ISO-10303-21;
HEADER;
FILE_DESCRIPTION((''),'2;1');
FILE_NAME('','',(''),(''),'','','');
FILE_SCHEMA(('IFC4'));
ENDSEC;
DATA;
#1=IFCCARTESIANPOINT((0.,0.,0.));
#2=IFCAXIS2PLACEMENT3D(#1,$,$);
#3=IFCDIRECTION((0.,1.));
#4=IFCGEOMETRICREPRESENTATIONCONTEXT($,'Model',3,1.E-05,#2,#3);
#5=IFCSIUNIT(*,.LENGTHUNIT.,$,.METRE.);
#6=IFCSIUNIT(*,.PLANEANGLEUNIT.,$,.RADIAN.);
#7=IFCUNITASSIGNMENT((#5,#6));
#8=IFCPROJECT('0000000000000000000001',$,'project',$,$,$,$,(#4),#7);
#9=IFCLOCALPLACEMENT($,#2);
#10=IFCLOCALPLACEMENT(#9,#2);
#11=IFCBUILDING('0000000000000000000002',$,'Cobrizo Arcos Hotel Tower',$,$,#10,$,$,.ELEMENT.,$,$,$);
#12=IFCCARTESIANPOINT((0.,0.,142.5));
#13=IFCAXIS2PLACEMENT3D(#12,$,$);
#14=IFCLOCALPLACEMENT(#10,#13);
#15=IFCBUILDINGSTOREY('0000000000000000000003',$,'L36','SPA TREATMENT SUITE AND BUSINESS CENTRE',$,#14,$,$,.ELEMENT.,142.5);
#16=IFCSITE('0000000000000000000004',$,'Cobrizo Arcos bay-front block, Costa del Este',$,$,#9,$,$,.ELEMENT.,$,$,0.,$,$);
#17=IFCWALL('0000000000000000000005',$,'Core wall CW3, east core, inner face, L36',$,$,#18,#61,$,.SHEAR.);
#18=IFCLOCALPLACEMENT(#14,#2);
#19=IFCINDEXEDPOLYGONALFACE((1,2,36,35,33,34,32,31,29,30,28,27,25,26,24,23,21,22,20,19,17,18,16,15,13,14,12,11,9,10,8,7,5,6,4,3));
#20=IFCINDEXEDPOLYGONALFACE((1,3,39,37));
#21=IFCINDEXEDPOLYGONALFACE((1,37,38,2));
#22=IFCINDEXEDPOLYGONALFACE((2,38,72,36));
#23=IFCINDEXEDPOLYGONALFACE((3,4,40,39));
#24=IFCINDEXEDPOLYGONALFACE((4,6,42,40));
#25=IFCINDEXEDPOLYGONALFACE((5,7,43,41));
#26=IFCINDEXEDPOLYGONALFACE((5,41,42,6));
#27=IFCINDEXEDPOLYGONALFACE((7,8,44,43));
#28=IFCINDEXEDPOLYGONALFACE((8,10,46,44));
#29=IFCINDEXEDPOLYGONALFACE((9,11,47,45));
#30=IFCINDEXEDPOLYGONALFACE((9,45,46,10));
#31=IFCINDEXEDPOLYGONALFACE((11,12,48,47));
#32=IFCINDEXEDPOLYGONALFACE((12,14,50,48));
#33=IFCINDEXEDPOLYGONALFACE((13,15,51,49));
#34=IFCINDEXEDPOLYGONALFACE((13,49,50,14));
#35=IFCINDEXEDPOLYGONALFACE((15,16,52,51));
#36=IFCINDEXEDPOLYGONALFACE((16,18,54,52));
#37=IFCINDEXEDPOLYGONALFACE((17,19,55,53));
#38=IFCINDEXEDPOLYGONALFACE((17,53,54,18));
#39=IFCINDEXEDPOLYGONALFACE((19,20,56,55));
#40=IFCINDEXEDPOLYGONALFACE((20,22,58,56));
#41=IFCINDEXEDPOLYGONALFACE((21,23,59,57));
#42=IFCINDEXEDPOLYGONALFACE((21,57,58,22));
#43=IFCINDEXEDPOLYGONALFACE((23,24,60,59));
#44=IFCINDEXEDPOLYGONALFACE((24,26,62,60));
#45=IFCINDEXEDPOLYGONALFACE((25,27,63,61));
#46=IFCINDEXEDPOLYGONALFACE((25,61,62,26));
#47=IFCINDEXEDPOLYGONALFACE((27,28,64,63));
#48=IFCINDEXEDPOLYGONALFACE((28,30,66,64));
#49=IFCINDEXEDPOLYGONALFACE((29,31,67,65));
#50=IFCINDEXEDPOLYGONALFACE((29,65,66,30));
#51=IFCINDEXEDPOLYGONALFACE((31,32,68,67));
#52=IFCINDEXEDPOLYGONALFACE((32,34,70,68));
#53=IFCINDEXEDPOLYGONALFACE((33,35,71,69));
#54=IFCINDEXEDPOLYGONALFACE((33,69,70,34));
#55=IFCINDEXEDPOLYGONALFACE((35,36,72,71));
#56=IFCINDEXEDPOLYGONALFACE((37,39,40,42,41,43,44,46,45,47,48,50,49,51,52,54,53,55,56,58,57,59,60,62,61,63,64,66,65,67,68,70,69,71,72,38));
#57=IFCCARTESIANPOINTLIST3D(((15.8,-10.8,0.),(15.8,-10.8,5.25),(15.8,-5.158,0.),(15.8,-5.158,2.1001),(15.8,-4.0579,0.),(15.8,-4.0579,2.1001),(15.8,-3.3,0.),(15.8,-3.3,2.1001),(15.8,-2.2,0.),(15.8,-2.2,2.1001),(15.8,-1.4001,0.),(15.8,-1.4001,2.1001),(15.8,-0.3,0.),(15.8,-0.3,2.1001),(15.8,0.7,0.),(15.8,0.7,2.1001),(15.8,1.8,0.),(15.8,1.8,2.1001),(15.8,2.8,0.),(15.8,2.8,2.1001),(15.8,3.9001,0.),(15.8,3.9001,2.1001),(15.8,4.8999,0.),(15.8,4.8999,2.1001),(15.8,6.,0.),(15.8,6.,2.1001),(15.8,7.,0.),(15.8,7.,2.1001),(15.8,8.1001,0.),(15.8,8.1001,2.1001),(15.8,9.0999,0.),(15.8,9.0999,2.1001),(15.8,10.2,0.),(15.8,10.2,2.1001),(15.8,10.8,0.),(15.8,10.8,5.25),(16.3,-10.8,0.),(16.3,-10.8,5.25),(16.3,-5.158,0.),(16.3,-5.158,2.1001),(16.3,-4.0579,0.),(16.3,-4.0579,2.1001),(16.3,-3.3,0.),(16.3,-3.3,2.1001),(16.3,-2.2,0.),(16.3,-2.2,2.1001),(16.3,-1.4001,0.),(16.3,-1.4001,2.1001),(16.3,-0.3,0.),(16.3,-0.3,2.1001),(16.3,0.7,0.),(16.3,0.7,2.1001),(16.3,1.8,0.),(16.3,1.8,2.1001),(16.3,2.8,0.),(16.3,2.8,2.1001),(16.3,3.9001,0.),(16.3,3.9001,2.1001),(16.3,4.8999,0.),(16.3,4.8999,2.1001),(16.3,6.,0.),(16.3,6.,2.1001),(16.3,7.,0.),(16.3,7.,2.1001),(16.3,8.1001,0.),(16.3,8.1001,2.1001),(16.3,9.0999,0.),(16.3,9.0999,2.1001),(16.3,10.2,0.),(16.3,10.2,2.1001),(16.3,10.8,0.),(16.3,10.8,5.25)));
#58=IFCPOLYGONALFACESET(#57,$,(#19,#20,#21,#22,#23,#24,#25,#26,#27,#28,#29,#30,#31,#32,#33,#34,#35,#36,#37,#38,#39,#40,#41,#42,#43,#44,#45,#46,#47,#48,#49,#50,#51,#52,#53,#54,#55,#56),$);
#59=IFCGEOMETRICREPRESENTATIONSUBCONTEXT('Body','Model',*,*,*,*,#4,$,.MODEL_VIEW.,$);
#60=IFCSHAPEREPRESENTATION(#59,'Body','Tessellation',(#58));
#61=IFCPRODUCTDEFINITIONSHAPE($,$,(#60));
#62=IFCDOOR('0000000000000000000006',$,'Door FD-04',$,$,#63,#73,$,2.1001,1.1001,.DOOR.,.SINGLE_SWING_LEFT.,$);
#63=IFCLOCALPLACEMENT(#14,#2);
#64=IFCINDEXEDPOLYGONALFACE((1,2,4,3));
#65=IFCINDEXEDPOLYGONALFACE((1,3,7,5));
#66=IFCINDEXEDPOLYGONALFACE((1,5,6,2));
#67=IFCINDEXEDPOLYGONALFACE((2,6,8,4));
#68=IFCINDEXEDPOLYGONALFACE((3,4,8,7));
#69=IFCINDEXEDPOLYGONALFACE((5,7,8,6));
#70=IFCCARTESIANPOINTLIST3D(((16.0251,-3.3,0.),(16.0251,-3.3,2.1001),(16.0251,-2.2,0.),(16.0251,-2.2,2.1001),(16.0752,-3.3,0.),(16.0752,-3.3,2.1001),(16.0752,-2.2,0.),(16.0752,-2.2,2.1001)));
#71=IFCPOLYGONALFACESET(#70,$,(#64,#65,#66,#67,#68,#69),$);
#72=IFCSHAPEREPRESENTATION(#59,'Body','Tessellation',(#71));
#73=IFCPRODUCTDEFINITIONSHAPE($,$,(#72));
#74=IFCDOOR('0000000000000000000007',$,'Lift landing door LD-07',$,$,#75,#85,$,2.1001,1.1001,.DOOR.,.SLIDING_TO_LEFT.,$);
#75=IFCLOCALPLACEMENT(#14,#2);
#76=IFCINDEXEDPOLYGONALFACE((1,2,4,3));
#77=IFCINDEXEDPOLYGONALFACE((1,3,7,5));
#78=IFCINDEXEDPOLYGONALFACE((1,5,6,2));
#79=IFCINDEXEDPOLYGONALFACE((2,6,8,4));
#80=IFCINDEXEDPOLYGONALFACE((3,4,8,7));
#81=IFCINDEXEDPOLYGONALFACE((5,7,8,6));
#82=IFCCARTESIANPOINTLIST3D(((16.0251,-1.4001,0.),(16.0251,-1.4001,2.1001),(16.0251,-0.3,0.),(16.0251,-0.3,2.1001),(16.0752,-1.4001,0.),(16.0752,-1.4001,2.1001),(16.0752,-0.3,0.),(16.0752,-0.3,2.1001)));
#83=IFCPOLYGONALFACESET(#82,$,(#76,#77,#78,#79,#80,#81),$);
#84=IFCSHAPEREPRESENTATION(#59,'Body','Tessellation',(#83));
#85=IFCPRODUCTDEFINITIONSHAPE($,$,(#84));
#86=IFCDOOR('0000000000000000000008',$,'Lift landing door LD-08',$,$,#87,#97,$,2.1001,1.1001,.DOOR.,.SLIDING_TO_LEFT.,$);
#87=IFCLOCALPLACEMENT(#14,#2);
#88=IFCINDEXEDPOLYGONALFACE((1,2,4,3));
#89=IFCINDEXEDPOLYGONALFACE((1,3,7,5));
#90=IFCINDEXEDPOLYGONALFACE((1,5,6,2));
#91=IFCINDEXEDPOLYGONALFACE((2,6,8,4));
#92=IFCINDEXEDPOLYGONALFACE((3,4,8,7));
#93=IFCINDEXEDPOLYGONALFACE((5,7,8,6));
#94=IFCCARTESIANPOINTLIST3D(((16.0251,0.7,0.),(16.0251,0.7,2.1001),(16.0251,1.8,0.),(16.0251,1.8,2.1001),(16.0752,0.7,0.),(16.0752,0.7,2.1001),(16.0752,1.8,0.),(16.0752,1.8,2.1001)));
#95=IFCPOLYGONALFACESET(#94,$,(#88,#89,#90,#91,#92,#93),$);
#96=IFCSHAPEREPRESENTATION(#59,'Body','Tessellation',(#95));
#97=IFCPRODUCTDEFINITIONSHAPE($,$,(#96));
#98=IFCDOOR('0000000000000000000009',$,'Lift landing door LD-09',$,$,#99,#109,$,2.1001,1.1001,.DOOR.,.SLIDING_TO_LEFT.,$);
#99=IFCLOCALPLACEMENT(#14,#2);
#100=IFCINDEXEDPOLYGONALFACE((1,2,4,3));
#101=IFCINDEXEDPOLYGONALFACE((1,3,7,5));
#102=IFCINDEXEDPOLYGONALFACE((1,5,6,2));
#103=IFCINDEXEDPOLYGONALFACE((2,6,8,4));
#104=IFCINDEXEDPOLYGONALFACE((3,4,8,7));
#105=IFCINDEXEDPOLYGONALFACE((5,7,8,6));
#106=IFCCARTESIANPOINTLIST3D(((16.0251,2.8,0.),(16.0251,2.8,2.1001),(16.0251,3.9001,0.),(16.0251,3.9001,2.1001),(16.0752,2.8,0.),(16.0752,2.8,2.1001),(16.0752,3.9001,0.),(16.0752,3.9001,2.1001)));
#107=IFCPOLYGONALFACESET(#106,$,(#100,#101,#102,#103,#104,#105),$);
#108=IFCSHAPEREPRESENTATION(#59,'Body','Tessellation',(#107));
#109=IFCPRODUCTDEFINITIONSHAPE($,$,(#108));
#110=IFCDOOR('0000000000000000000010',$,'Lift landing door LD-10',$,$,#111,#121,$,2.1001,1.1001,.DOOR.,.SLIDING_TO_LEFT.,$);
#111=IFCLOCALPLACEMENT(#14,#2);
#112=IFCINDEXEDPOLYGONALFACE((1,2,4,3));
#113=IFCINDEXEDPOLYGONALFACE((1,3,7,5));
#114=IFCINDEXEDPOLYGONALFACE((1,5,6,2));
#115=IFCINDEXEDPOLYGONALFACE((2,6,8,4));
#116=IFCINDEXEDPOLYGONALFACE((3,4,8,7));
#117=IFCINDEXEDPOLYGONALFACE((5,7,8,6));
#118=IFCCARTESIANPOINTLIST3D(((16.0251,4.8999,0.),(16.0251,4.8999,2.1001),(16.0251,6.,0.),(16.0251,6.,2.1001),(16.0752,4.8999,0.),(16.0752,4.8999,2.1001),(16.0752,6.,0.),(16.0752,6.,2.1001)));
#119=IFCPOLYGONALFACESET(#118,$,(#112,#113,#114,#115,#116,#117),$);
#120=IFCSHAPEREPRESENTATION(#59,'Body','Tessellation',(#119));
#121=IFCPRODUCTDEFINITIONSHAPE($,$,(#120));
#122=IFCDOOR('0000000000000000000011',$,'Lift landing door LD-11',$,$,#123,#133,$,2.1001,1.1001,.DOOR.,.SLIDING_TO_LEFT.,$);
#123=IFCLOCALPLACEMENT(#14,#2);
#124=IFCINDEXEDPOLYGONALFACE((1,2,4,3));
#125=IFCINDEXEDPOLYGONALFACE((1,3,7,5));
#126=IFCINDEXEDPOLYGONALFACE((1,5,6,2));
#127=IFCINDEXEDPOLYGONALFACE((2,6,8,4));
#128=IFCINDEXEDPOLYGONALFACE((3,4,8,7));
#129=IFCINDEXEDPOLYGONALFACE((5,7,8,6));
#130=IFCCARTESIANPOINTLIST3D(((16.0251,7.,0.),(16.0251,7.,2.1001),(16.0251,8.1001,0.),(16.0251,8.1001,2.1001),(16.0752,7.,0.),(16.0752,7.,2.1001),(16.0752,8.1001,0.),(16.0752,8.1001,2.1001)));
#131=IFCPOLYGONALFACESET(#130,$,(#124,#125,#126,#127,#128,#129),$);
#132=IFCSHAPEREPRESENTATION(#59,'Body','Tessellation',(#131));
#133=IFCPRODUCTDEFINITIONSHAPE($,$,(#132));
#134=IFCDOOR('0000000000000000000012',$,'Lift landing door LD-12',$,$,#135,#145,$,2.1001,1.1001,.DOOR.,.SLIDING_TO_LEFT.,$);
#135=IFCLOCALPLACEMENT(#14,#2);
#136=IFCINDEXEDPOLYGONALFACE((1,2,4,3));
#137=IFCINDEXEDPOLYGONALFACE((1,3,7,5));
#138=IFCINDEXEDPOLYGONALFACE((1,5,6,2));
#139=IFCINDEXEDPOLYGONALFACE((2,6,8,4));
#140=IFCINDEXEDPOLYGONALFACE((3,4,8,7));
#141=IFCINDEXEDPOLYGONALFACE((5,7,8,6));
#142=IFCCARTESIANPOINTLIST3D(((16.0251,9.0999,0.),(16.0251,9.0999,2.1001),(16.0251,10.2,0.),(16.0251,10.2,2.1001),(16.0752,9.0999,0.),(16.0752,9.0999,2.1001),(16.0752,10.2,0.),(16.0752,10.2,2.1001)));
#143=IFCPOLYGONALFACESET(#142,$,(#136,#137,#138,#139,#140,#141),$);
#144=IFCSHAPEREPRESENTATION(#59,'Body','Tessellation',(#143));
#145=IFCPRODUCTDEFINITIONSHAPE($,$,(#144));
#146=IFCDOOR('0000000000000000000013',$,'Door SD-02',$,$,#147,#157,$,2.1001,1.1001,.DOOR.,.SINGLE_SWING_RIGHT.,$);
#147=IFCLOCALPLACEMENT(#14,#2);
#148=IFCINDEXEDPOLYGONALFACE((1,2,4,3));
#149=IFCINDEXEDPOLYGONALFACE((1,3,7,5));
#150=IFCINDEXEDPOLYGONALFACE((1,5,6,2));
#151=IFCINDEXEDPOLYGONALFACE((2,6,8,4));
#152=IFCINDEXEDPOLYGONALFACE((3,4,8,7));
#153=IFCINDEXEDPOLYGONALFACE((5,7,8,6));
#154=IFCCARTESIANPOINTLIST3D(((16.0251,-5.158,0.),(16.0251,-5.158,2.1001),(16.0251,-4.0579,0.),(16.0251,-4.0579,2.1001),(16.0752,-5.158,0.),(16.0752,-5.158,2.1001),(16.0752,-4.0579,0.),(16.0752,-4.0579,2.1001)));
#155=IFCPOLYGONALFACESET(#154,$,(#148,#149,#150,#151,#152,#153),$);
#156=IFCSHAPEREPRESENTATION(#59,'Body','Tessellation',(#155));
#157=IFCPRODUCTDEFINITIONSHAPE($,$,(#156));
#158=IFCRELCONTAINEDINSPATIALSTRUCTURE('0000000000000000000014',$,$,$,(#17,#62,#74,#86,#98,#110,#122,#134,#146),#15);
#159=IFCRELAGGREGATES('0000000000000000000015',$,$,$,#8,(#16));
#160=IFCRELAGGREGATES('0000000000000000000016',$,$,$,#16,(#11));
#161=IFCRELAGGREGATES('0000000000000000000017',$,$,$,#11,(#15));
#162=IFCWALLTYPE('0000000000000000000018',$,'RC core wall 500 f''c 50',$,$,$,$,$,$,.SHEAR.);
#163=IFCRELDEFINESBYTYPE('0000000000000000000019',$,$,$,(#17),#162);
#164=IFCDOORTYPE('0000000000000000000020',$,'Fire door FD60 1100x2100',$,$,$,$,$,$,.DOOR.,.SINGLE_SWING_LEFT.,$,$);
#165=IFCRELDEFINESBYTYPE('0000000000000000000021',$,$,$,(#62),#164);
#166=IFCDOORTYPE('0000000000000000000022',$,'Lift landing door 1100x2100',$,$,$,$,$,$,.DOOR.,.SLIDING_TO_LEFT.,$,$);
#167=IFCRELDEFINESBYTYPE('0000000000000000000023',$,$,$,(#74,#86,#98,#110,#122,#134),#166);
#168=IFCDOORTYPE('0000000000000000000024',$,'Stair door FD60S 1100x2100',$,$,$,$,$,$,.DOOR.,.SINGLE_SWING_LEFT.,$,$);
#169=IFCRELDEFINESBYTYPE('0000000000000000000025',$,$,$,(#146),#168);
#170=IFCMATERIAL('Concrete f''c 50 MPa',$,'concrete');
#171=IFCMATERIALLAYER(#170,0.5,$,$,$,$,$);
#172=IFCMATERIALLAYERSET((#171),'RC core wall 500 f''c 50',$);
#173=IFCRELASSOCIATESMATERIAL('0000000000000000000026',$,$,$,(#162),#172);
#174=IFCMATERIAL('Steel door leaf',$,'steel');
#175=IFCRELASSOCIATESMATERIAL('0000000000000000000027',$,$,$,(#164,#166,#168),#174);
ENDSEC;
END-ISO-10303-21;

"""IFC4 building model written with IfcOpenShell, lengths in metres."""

from ifc_helpers import new_model, si_unit, direction, frame, frame_2d, origin, place, context, subcontext, project, spatial, rectangle, extrude, material, layer, layer_set, type_object, element, fill, save


model = new_model("IFC4")

# Units and contexts
model_context = context("Model", 3, precision=1e-05, world=origin(), true_north=direction((0.0, 1.0)))
body_context = subcontext(model_context, "Body", "Model", "MODEL_VIEW")
ifc_project = project(units=[si_unit("LENGTHUNIT", "METRE"), si_unit("PLANEANGLEUNIT", "RADIAN")], contexts=[model_context])

# Site, building, storey
site_placement = place(None, origin())
site = spatial("IfcSite", under=ifc_project, at=site_placement, Name="Cobrizo Arcos bay-front block, Costa del Este", CompositionType="ELEMENT", RefElevation=0.0)
building_placement = place(site_placement, origin())
building = spatial("IfcBuilding", under=site, at=building_placement, Name="Cobrizo Arcos Hotel Tower", CompositionType="ELEMENT")
storey_placement = place(building_placement, frame((0.0, 0.0, 142.5)))
storey = spatial("IfcBuildingStorey", under=building, at=storey_placement, Name="L36", Description="SPA TREATMENT SUITE AND BUSINESS CENTRE", CompositionType="ELEMENT", Elevation=142.5)

# Wall, openings, doors
ifc_material_1 = material(Name="Concrete f'c 50 MPa", Category="concrete")
ifc_layer_1 = layer(ifc_material_1, 0.5)
ifc_layer_set_1 = layer_set([ifc_layer_1], Name="RC core wall 500 f'c 50")
wall_type_1 = type_object("IfcWallType", Name="RC core wall 500 f'c 50", PredefinedType="SHEAR", material=ifc_layer_set_1)
wall_1_placement = place(storey_placement, frame((16.05, -10.8, 0.0), z_axis=(0.0, 0.0, 1.0), x_axis=(0.0, 1.0, 0.0)))
wall_1 = element("IfcWall", 1, at=wall_1_placement, inside=storey, type_object=wall_type_1, Name="Core wall CW3, east core, inner face, L36", PredefinedType="SHEAR", context=body_context, shape_type="SweptSolid", body=[
    extrude(rectangle(XDim=21.6001, YDim=0.5, at=frame_2d((10.8, 0.0))), origin(), (0.0, 0.0, 1.0), 5.25),
])
opening_1_placement = place(wall_1_placement, frame((9.3999, 0.0, 0.0)))
opening_1 = element("IfcOpeningElement", 2, at=opening_1_placement, cuts=wall_1, PredefinedType="OPENING", context=body_context, shape_type="SweptSolid", body=[
    extrude(rectangle(XDim=1.1001, YDim=2.1001, at=frame_2d((0.55, 1.05))), frame((0.0, 0.262, 0.0), z_axis=(0.0, -1.0, 0.0), x_axis=(1.0, 0.0, 0.0)), (0.0, 0.0, 1.0), 0.5239),
])
opening_2_placement = place(wall_1_placement, frame((11.5, 0.0, 0.0)))
opening_2 = element("IfcOpeningElement", 3, at=opening_2_placement, cuts=wall_1, PredefinedType="OPENING", context=body_context, shape_type="SweptSolid", body=[
    extrude(rectangle(XDim=1.1001, YDim=2.1001, at=frame_2d((0.55, 1.05))), frame((0.0, 0.262, 0.0), z_axis=(0.0, -1.0, 0.0), x_axis=(1.0, 0.0, 0.0)), (0.0, 0.0, 1.0), 0.5239),
])
opening_3_placement = place(wall_1_placement, frame((13.6001, 0.0, 0.0)))
opening_3 = element("IfcOpeningElement", 4, at=opening_3_placement, cuts=wall_1, PredefinedType="OPENING", context=body_context, shape_type="SweptSolid", body=[
    extrude(rectangle(XDim=1.1001, YDim=2.1001, at=frame_2d((0.55, 1.05))), frame((0.0, 0.262, 0.0), z_axis=(0.0, -1.0, 0.0), x_axis=(1.0, 0.0, 0.0)), (0.0, 0.0, 1.0), 0.5239),
])
opening_4_placement = place(wall_1_placement, frame((15.7, 0.0, 0.0)))
opening_4 = element("IfcOpeningElement", 5, at=opening_4_placement, cuts=wall_1, PredefinedType="OPENING", context=body_context, shape_type="SweptSolid", body=[
    extrude(rectangle(XDim=1.1001, YDim=2.1001, at=frame_2d((0.55, 1.05))), frame((0.0, 0.262, 0.0), z_axis=(0.0, -1.0, 0.0), x_axis=(1.0, 0.0, 0.0)), (0.0, 0.0, 1.0), 0.5239),
])
opening_5_placement = place(wall_1_placement, frame((17.8, 0.0, 0.0)))
opening_5 = element("IfcOpeningElement", 6, at=opening_5_placement, cuts=wall_1, PredefinedType="OPENING", context=body_context, shape_type="SweptSolid", body=[
    extrude(rectangle(XDim=1.1001, YDim=2.1001, at=frame_2d((0.55, 1.05))), frame((0.0, 0.262, 0.0), z_axis=(0.0, -1.0, 0.0), x_axis=(1.0, 0.0, 0.0)), (0.0, 0.0, 1.0), 0.5239),
])
opening_6_placement = place(wall_1_placement, frame((19.8999, 0.0, 0.0)))
opening_6 = element("IfcOpeningElement", 7, at=opening_6_placement, cuts=wall_1, PredefinedType="OPENING", context=body_context, shape_type="SweptSolid", body=[
    extrude(rectangle(XDim=1.1001, YDim=2.1001, at=frame_2d((0.55, 1.05))), frame((0.0, 0.262, 0.0), z_axis=(0.0, -1.0, 0.0), x_axis=(1.0, 0.0, 0.0)), (0.0, 0.0, 1.0), 0.5239),
])
opening_7_placement = place(wall_1_placement, frame((5.6421, 0.0, 0.0)))
opening_7 = element("IfcOpeningElement", 8, at=opening_7_placement, cuts=wall_1, PredefinedType="OPENING", context=body_context, shape_type="SweptSolid", body=[
    extrude(rectangle(XDim=1.1001, YDim=2.1001, at=frame_2d((0.55, 1.05))), frame((0.0, 0.262, 0.0), z_axis=(0.0, -1.0, 0.0), x_axis=(1.0, 0.0, 0.0)), (0.0, 0.0, 1.0), 0.5239),
])
opening_8_placement = place(wall_1_placement, frame((7.5, 0.0, 0.0)))
opening_8 = element("IfcOpeningElement", 9, at=opening_8_placement, cuts=wall_1, PredefinedType="OPENING", context=body_context, shape_type="SweptSolid", body=[
    extrude(rectangle(XDim=1.1001, YDim=2.1001, at=frame_2d((0.55, 1.05))), frame((0.0, 0.262, 0.0), z_axis=(0.0, -1.0, 0.0), x_axis=(1.0, 0.0, 0.0)), (0.0, 0.0, 1.0), 0.5239),
])
ifc_material_2 = material(Name="Steel door leaf", Category="steel")
door_type_1 = type_object("IfcDoorType", Name="Fire door FD60 1100x2100", OperationType="SINGLE_SWING_LEFT", PredefinedType="DOOR", material=ifc_material_2)
door_1_placement = place(opening_8_placement, origin())
door_1 = element("IfcDoor", 10, at=door_1_placement, inside=storey, type_object=door_type_1, Name="Door FD-04", OperationType="SINGLE_SWING_LEFT", OverallHeight=2.1001, OverallWidth=1.1001, PredefinedType="DOOR", context=body_context, shape_type="SweptSolid", body=[
    extrude(rectangle(XDim=1.1001, YDim=2.1001, at=frame_2d((0.55, 1.05))), frame((0.0, 0.0249, 0.0), z_axis=(0.0, -1.0, 0.0), x_axis=(1.0, 0.0, 0.0)), (0.0, 0.0, 1.0), 0.05),
])
fill(opening_8, door_1)
door_type_2 = type_object("IfcDoorType", Name="Lift landing door 1100x2100", OperationType="SLIDING_TO_LEFT", PredefinedType="DOOR", material=ifc_material_2)
door_2_placement = place(opening_1_placement, origin())
door_2 = element("IfcDoor", 11, at=door_2_placement, inside=storey, type_object=door_type_2, Name="Lift landing door LD-07", OperationType="SLIDING_TO_LEFT", OverallHeight=2.1001, OverallWidth=1.1001, PredefinedType="DOOR", context=body_context, shape_type="SweptSolid", body=[
    extrude(rectangle(XDim=1.1001, YDim=2.1001, at=frame_2d((0.55, 1.05))), frame((0.0, 0.0249, 0.0), z_axis=(0.0, -1.0, 0.0), x_axis=(1.0, 0.0, 0.0)), (0.0, 0.0, 1.0), 0.05),
])
fill(opening_1, door_2)
door_3_placement = place(opening_2_placement, origin())
door_3 = element("IfcDoor", 12, at=door_3_placement, inside=storey, type_object=door_type_2, Name="Lift landing door LD-08", OperationType="SLIDING_TO_LEFT", OverallHeight=2.1001, OverallWidth=1.1001, PredefinedType="DOOR", context=body_context, shape_type="SweptSolid", body=[
    extrude(rectangle(XDim=1.1001, YDim=2.1001, at=frame_2d((0.55, 1.05))), frame((0.0, 0.0249, 0.0), z_axis=(0.0, -1.0, 0.0), x_axis=(1.0, 0.0, 0.0)), (0.0, 0.0, 1.0), 0.05),
])
fill(opening_2, door_3)
door_4_placement = place(opening_3_placement, origin())
door_4 = element("IfcDoor", 13, at=door_4_placement, inside=storey, type_object=door_type_2, Name="Lift landing door LD-09", OperationType="SLIDING_TO_LEFT", OverallHeight=2.1001, OverallWidth=1.1001, PredefinedType="DOOR", context=body_context, shape_type="SweptSolid", body=[
    extrude(rectangle(XDim=1.1001, YDim=2.1001, at=frame_2d((0.55, 1.05))), frame((0.0, 0.0249, 0.0), z_axis=(0.0, -1.0, 0.0), x_axis=(1.0, 0.0, 0.0)), (0.0, 0.0, 1.0), 0.05),
])
fill(opening_3, door_4)
door_5_placement = place(opening_4_placement, origin())
door_5 = element("IfcDoor", 14, at=door_5_placement, inside=storey, type_object=door_type_2, Name="Lift landing door LD-10", OperationType="SLIDING_TO_LEFT", OverallHeight=2.1001, OverallWidth=1.1001, PredefinedType="DOOR", context=body_context, shape_type="SweptSolid", body=[
    extrude(rectangle(XDim=1.1001, YDim=2.1001, at=frame_2d((0.55, 1.05))), frame((0.0, 0.0249, 0.0), z_axis=(0.0, -1.0, 0.0), x_axis=(1.0, 0.0, 0.0)), (0.0, 0.0, 1.0), 0.05),
])
fill(opening_4, door_5)
door_6_placement = place(opening_5_placement, origin())
door_6 = element("IfcDoor", 15, at=door_6_placement, inside=storey, type_object=door_type_2, Name="Lift landing door LD-11", OperationType="SLIDING_TO_LEFT", OverallHeight=2.1001, OverallWidth=1.1001, PredefinedType="DOOR", context=body_context, shape_type="SweptSolid", body=[
    extrude(rectangle(XDim=1.1001, YDim=2.1001, at=frame_2d((0.55, 1.05))), frame((0.0, 0.0249, 0.0), z_axis=(0.0, -1.0, 0.0), x_axis=(1.0, 0.0, 0.0)), (0.0, 0.0, 1.0), 0.05),
])
fill(opening_5, door_6)
door_7_placement = place(opening_6_placement, origin())
door_7 = element("IfcDoor", 16, at=door_7_placement, inside=storey, type_object=door_type_2, Name="Lift landing door LD-12", OperationType="SLIDING_TO_LEFT", OverallHeight=2.1001, OverallWidth=1.1001, PredefinedType="DOOR", context=body_context, shape_type="SweptSolid", body=[
    extrude(rectangle(XDim=1.1001, YDim=2.1001, at=frame_2d((0.55, 1.05))), frame((0.0, 0.0249, 0.0), z_axis=(0.0, -1.0, 0.0), x_axis=(1.0, 0.0, 0.0)), (0.0, 0.0, 1.0), 0.05),
])
fill(opening_6, door_7)
door_type_3 = type_object("IfcDoorType", Name="Stair door FD60S 1100x2100", OperationType="SINGLE_SWING_LEFT", PredefinedType="DOOR", material=ifc_material_2)
door_8_placement = place(opening_7_placement, origin())
door_8 = element("IfcDoor", 17, at=door_8_placement, inside=storey, type_object=door_type_3, Name="Door SD-02", OperationType="SINGLE_SWING_RIGHT", OverallHeight=2.1001, OverallWidth=1.1001, PredefinedType="DOOR", context=body_context, shape_type="SweptSolid", body=[
    extrude(rectangle(XDim=1.1001, YDim=2.1001, at=frame_2d((0.55, 1.05))), frame((0.0, 0.0249, 0.0), z_axis=(0.0, -1.0, 0.0), x_axis=(1.0, 0.0, 0.0)), (0.0, 0.0, 1.0), 0.05),
])
fill(opening_7, door_8)

save(model, "model.ifc")
